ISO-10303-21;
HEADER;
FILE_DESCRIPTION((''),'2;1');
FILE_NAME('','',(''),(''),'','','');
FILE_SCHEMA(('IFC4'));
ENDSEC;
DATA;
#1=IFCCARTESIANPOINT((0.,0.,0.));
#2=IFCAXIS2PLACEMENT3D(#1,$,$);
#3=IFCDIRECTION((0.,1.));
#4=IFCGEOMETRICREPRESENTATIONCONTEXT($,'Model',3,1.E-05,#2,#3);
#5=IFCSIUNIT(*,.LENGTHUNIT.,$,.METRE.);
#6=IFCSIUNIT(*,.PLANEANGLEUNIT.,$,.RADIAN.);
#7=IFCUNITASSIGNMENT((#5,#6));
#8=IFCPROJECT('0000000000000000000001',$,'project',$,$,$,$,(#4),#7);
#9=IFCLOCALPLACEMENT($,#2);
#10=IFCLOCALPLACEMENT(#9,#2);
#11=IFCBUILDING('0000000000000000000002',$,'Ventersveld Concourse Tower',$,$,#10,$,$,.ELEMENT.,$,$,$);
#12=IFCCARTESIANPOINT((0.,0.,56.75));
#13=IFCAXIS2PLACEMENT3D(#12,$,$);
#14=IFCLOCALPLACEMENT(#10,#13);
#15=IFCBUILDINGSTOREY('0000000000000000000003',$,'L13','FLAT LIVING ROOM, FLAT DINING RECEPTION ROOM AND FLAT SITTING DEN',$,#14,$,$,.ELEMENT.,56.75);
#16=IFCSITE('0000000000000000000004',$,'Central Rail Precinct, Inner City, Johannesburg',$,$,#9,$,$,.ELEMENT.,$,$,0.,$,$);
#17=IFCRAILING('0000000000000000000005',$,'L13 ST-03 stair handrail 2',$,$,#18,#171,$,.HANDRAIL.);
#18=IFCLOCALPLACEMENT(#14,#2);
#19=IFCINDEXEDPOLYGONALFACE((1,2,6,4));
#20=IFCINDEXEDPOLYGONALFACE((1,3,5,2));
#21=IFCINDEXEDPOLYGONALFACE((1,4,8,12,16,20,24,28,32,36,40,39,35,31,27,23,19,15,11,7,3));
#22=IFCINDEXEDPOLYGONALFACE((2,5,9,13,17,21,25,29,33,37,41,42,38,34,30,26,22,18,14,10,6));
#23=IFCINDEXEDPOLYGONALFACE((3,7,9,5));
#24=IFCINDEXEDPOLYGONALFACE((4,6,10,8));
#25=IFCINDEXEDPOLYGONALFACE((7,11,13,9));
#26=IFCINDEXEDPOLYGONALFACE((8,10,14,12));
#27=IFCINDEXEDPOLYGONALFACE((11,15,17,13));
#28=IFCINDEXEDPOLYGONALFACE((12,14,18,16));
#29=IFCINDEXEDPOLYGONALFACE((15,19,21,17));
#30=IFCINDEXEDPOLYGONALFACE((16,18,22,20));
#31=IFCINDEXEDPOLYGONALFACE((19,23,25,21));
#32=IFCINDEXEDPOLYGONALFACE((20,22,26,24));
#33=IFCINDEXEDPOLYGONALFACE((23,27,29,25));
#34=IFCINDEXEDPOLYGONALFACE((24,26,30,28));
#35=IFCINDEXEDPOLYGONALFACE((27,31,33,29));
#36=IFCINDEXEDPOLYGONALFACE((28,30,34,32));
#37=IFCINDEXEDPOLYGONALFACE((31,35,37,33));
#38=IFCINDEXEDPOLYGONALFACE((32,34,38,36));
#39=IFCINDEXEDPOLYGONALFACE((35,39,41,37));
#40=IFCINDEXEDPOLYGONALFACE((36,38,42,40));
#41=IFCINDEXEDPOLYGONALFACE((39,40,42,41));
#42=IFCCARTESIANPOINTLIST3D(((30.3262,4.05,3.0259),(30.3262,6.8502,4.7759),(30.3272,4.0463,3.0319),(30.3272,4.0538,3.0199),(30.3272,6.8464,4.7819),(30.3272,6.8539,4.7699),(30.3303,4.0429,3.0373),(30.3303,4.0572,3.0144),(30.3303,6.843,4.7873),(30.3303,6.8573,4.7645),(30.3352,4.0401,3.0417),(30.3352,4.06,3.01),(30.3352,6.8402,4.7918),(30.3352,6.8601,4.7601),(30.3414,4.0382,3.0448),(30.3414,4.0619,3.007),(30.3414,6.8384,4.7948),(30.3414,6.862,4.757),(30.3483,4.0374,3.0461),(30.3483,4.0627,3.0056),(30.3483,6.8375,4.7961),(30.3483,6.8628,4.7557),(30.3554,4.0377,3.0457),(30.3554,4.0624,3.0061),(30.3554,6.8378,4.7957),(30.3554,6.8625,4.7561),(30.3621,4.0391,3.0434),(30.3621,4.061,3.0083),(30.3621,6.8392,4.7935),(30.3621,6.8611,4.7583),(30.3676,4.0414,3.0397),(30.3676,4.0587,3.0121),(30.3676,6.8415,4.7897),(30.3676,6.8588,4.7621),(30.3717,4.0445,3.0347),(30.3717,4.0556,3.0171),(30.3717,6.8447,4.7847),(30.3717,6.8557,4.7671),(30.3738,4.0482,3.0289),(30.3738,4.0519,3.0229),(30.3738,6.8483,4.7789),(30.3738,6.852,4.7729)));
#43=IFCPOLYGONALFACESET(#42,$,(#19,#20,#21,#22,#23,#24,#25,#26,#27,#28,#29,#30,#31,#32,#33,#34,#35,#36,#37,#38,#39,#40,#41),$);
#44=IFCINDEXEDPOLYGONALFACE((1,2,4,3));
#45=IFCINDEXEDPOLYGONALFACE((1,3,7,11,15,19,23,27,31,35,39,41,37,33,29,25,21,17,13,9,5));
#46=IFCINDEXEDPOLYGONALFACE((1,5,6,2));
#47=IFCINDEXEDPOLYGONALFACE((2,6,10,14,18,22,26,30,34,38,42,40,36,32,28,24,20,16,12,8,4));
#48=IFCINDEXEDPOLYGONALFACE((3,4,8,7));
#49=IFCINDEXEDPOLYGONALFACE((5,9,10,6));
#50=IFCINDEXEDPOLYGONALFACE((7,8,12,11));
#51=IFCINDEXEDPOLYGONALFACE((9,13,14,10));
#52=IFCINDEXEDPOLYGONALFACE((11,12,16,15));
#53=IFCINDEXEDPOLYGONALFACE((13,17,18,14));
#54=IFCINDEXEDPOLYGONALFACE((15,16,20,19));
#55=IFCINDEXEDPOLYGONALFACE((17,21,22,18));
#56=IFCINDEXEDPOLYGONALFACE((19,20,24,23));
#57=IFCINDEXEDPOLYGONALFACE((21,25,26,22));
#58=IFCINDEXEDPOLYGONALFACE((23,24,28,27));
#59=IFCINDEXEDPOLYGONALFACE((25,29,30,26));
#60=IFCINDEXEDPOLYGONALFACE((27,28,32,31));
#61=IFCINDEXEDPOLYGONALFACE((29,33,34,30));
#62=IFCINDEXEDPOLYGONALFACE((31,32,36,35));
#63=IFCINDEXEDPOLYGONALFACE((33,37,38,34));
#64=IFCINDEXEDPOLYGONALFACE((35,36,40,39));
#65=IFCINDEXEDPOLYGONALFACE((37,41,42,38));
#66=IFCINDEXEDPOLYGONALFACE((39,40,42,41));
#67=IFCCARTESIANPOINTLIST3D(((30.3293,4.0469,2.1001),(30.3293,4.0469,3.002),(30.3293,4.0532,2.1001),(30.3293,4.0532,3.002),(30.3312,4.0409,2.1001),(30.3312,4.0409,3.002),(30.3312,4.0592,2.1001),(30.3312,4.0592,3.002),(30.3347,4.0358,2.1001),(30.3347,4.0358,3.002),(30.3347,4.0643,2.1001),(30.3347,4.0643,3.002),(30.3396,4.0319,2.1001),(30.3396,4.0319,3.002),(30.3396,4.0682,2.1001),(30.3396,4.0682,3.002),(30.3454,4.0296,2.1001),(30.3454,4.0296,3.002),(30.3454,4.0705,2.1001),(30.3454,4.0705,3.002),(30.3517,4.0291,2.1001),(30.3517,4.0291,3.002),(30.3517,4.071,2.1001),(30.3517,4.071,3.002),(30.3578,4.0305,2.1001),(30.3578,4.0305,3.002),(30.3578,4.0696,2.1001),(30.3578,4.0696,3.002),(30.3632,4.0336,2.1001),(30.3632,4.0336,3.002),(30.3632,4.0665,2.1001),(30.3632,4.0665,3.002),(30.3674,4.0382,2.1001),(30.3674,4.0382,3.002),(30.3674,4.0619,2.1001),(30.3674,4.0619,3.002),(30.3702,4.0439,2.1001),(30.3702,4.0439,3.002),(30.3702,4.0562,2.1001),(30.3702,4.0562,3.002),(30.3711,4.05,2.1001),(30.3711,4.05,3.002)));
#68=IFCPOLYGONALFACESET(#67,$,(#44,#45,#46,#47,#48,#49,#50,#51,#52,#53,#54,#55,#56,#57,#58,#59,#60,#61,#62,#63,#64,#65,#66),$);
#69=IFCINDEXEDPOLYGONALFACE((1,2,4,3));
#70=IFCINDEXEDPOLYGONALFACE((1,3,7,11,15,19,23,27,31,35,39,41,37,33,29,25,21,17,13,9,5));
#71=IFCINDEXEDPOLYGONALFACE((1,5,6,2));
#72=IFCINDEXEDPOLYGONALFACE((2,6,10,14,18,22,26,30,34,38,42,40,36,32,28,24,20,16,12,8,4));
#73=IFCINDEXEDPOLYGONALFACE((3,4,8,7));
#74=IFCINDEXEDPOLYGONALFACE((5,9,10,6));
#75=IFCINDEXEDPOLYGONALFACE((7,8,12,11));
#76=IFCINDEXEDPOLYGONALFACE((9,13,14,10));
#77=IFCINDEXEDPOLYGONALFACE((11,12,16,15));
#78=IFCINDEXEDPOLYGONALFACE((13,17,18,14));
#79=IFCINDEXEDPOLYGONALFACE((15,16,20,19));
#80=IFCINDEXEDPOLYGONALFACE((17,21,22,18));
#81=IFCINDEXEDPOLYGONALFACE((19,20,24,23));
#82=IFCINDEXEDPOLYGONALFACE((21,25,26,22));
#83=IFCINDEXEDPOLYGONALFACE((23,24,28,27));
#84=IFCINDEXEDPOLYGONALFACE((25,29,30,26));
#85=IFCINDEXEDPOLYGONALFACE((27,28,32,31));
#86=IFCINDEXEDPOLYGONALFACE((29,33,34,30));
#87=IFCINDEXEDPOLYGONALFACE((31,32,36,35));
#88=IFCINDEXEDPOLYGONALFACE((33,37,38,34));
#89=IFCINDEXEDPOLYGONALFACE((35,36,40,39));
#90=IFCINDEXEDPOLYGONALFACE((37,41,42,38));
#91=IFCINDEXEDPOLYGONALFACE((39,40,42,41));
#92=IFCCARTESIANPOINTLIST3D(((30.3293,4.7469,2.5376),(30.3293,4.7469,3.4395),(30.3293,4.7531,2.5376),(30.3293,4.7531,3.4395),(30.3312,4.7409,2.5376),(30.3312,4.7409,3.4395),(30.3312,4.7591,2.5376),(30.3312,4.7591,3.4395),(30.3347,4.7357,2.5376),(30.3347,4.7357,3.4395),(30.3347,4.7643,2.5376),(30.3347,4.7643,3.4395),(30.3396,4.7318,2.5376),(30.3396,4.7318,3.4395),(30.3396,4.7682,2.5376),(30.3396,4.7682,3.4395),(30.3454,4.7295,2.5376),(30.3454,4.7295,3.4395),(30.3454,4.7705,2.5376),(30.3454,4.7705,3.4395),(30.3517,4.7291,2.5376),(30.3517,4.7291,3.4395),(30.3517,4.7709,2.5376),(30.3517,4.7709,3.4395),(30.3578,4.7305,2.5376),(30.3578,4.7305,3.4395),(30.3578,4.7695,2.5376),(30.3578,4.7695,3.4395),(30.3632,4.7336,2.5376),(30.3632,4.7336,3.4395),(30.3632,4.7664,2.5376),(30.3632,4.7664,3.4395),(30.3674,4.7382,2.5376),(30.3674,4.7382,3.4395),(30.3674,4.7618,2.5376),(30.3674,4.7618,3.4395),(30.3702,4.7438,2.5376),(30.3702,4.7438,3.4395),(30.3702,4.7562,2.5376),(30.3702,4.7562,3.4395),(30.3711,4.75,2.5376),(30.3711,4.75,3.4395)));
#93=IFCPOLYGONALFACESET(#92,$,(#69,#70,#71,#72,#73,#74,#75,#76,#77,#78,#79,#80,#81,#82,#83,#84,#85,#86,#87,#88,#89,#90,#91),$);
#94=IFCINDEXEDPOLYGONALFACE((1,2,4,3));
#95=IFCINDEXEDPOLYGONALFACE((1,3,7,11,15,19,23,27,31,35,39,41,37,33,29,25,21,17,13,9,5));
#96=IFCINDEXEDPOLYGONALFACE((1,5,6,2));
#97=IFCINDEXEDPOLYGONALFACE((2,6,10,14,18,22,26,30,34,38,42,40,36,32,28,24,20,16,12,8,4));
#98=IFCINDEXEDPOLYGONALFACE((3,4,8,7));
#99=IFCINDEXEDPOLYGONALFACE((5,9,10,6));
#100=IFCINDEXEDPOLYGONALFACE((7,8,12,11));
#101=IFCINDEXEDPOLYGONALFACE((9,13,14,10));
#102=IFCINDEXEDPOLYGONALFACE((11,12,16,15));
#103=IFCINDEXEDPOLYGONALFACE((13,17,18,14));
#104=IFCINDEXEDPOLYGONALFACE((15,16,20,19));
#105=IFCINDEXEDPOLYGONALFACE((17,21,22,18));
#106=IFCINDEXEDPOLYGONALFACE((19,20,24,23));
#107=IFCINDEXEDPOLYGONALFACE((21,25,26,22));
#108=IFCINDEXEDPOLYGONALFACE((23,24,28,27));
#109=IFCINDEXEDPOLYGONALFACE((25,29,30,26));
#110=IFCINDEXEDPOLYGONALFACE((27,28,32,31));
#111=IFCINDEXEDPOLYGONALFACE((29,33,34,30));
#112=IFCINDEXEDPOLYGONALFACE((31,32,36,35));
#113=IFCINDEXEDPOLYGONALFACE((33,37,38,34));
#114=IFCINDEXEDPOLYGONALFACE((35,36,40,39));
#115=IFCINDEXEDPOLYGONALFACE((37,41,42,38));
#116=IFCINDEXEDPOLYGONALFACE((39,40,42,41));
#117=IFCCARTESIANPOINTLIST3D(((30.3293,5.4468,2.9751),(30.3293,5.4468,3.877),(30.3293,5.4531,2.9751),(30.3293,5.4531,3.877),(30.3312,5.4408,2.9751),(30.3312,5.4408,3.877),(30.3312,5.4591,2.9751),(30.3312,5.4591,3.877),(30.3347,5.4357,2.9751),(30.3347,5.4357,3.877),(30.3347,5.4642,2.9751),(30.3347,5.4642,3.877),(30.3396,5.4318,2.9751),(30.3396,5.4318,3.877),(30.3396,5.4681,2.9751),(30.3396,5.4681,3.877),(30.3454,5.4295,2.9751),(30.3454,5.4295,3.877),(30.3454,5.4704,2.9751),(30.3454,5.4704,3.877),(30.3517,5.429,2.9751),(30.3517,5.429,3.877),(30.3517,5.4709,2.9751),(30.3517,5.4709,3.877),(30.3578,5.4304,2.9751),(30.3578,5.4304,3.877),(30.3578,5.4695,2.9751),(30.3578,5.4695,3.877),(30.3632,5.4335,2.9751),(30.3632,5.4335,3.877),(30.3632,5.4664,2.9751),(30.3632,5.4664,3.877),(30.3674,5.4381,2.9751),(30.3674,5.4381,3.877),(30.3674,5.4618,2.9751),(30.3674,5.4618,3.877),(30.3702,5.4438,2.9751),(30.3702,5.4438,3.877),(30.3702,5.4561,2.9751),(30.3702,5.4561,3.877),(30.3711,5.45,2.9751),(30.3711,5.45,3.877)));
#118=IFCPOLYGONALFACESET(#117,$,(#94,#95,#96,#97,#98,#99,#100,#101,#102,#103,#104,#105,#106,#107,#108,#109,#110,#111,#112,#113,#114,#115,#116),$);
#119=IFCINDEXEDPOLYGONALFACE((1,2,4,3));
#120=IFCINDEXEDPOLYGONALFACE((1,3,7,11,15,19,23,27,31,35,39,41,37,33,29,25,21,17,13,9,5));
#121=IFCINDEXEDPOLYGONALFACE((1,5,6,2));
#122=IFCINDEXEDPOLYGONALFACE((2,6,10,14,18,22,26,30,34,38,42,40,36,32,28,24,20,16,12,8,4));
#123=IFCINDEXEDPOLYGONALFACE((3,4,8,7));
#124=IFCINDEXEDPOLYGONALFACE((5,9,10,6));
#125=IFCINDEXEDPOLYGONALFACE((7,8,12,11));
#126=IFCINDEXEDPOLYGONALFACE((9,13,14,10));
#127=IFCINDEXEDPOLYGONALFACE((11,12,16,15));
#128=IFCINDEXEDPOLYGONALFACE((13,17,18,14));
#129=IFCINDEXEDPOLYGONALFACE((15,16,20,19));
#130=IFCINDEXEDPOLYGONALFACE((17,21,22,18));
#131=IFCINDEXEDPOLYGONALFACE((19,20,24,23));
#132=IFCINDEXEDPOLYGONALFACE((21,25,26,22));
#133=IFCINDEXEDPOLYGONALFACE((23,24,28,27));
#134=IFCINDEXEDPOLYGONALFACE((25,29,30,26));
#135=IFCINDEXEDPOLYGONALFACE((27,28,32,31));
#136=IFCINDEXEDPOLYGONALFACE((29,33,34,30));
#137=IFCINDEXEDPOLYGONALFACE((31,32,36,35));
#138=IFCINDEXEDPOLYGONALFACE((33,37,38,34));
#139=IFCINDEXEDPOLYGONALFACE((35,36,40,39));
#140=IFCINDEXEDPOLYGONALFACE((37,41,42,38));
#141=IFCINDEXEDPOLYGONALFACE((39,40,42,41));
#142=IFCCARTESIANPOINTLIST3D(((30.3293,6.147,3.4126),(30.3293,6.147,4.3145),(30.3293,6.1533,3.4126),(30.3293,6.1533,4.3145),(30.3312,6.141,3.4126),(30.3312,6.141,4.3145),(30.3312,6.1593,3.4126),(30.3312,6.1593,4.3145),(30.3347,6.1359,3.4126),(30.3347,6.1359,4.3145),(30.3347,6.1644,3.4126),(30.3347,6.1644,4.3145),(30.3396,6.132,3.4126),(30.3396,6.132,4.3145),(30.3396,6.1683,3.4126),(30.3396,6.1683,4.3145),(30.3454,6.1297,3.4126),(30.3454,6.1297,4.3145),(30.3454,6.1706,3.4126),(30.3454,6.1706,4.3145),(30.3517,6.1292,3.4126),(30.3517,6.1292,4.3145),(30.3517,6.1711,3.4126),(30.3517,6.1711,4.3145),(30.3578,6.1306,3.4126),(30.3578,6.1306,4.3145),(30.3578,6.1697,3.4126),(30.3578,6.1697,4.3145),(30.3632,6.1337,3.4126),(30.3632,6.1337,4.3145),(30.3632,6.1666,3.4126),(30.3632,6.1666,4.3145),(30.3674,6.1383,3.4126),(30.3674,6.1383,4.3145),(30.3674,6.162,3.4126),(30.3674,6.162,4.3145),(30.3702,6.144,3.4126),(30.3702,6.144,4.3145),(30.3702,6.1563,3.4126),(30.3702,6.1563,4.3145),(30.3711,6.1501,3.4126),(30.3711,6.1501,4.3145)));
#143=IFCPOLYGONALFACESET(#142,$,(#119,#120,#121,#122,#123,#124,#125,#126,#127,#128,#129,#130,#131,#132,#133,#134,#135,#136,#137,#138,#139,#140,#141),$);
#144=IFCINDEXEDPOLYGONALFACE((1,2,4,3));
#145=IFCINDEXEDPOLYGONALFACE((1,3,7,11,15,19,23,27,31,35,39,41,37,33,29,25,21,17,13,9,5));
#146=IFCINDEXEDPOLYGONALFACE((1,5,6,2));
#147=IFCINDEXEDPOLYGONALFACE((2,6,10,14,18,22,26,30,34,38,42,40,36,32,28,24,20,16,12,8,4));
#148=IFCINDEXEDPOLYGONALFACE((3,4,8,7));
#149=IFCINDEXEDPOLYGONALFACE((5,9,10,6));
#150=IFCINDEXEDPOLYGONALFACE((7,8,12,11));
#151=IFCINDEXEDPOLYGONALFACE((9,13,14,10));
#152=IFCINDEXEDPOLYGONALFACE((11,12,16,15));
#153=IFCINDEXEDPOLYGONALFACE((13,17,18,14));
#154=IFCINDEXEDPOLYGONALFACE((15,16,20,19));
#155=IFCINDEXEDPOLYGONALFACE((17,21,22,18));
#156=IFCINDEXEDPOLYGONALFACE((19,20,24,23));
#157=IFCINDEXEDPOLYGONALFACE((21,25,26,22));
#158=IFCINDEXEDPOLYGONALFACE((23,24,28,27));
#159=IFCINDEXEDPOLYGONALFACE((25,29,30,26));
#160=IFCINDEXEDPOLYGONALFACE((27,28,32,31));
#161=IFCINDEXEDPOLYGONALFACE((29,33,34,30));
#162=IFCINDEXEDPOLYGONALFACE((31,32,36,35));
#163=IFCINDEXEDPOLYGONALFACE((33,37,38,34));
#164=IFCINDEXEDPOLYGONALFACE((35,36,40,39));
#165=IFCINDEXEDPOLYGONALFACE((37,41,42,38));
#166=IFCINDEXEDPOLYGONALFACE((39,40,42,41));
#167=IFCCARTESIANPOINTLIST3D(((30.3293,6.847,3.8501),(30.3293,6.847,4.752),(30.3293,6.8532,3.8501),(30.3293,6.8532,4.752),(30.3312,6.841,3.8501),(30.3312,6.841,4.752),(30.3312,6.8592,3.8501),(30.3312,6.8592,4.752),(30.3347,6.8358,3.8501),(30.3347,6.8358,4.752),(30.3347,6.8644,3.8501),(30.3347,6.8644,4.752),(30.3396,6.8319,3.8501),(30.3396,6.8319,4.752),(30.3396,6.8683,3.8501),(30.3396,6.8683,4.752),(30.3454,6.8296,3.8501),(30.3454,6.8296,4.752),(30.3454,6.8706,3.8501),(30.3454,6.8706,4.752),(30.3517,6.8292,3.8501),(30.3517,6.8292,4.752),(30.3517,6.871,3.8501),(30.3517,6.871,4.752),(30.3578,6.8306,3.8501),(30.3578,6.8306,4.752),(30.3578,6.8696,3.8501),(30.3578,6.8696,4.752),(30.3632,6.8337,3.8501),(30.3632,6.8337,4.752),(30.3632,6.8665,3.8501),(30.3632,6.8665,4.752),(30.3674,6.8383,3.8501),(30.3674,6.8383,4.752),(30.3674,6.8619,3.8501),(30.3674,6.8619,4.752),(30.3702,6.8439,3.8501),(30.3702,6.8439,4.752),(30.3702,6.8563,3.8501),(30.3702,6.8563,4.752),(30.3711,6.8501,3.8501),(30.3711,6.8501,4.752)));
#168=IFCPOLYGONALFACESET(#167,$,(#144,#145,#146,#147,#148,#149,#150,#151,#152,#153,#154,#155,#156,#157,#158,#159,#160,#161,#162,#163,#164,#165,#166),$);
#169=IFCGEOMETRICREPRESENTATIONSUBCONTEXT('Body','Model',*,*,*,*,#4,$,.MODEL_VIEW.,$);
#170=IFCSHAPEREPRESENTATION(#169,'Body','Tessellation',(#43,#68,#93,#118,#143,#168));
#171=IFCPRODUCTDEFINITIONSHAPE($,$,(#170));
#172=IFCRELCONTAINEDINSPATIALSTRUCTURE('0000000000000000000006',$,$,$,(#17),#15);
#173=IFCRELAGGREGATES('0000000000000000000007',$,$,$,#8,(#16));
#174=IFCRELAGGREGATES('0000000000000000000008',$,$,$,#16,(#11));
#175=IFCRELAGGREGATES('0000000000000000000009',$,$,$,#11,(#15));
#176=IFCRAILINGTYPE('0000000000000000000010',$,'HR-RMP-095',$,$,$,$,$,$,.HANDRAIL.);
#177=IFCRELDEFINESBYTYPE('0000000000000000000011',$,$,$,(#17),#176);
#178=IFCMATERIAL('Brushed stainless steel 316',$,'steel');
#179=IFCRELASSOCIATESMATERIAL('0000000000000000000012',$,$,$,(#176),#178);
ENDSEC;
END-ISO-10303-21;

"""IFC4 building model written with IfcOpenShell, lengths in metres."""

from ifc_helpers import new_model, si_unit, direction, frame, origin, origin_2d, place, context, subcontext, project, spatial, circle, extrude, material, type_object, element, save


model = new_model("IFC4")

# Units and contexts
model_context = context("Model", 3, precision=1e-05, world=origin(), true_north=direction((0.0, 1.0)))
body_context = subcontext(model_context, "Body", "Model", "MODEL_VIEW")
ifc_project = project(units=[si_unit("LENGTHUNIT", "METRE"), si_unit("PLANEANGLEUNIT", "RADIAN")], contexts=[model_context])

# Site, building, storey
site_placement = place(None, origin())
site = spatial("IfcSite", under=ifc_project, at=site_placement, Name="Central Rail Precinct, Inner City, Johannesburg", CompositionType="ELEMENT", RefElevation=0.0)
building_placement = place(site_placement, origin())
building = spatial("IfcBuilding", under=site, at=building_placement, Name="Ventersveld Concourse Tower", CompositionType="ELEMENT")
storey_placement = place(building_placement, frame((0.0, 0.0, 56.75)))
storey = spatial("IfcBuildingStorey", under=building, at=storey_placement, Name="L13", Description="FLAT LIVING ROOM, FLAT DINING RECEPTION ROOM AND FLAT SITTING DEN", CompositionType="ELEMENT", Elevation=56.75)

# Railing
ifc_material_1 = material(Name="Brushed stainless steel 316", Category="steel")
railing_type_1 = type_object("IfcRailingType", Name="HR-RMP-095", PredefinedType="HANDRAIL", material=ifc_material_1)
railing_1_placement = place(storey_placement, frame((30.3501, 4.05, 2.1001)))
element("IfcRailing", 1, at=railing_1_placement, inside=storey, type_object=railing_type_1, Name="L13 ST-03 stair handrail 2", PredefinedType="HANDRAIL", context=body_context, shape_type="SweptSolid", body=[
    extrude(circle(Radius=0.0239, at=origin_2d()), frame((0.0, 0.0, 0.9258), z_axis=(0.0, 0.848002, 0.529992), x_axis=(-1.0, 0.0, 0.0)), (0.0, 0.0, 1.0), 3.302),
    extrude(circle(Radius=0.021, at=origin_2d()), origin(), (0.0, 0.0, 1.0), 0.9019),
    extrude(circle(Radius=0.021, at=origin_2d()), frame((0.0, 0.7, 0.4375)), (0.0, 0.0, 1.0), 0.9019),
    extrude(circle(Radius=0.021, at=origin_2d()), frame((0.0, 1.3999, 0.875)), (0.0, 0.0, 1.0), 0.9019),
    extrude(circle(Radius=0.021, at=origin_2d()), frame((0.0, 2.1001, 1.3125)), (0.0, 0.0, 1.0), 0.9019),
    extrude(circle(Radius=0.021, at=origin_2d()), frame((0.0, 2.8, 1.75)), (0.0, 0.0, 1.0), 0.9019),
])

save(model, "model.ifc")
